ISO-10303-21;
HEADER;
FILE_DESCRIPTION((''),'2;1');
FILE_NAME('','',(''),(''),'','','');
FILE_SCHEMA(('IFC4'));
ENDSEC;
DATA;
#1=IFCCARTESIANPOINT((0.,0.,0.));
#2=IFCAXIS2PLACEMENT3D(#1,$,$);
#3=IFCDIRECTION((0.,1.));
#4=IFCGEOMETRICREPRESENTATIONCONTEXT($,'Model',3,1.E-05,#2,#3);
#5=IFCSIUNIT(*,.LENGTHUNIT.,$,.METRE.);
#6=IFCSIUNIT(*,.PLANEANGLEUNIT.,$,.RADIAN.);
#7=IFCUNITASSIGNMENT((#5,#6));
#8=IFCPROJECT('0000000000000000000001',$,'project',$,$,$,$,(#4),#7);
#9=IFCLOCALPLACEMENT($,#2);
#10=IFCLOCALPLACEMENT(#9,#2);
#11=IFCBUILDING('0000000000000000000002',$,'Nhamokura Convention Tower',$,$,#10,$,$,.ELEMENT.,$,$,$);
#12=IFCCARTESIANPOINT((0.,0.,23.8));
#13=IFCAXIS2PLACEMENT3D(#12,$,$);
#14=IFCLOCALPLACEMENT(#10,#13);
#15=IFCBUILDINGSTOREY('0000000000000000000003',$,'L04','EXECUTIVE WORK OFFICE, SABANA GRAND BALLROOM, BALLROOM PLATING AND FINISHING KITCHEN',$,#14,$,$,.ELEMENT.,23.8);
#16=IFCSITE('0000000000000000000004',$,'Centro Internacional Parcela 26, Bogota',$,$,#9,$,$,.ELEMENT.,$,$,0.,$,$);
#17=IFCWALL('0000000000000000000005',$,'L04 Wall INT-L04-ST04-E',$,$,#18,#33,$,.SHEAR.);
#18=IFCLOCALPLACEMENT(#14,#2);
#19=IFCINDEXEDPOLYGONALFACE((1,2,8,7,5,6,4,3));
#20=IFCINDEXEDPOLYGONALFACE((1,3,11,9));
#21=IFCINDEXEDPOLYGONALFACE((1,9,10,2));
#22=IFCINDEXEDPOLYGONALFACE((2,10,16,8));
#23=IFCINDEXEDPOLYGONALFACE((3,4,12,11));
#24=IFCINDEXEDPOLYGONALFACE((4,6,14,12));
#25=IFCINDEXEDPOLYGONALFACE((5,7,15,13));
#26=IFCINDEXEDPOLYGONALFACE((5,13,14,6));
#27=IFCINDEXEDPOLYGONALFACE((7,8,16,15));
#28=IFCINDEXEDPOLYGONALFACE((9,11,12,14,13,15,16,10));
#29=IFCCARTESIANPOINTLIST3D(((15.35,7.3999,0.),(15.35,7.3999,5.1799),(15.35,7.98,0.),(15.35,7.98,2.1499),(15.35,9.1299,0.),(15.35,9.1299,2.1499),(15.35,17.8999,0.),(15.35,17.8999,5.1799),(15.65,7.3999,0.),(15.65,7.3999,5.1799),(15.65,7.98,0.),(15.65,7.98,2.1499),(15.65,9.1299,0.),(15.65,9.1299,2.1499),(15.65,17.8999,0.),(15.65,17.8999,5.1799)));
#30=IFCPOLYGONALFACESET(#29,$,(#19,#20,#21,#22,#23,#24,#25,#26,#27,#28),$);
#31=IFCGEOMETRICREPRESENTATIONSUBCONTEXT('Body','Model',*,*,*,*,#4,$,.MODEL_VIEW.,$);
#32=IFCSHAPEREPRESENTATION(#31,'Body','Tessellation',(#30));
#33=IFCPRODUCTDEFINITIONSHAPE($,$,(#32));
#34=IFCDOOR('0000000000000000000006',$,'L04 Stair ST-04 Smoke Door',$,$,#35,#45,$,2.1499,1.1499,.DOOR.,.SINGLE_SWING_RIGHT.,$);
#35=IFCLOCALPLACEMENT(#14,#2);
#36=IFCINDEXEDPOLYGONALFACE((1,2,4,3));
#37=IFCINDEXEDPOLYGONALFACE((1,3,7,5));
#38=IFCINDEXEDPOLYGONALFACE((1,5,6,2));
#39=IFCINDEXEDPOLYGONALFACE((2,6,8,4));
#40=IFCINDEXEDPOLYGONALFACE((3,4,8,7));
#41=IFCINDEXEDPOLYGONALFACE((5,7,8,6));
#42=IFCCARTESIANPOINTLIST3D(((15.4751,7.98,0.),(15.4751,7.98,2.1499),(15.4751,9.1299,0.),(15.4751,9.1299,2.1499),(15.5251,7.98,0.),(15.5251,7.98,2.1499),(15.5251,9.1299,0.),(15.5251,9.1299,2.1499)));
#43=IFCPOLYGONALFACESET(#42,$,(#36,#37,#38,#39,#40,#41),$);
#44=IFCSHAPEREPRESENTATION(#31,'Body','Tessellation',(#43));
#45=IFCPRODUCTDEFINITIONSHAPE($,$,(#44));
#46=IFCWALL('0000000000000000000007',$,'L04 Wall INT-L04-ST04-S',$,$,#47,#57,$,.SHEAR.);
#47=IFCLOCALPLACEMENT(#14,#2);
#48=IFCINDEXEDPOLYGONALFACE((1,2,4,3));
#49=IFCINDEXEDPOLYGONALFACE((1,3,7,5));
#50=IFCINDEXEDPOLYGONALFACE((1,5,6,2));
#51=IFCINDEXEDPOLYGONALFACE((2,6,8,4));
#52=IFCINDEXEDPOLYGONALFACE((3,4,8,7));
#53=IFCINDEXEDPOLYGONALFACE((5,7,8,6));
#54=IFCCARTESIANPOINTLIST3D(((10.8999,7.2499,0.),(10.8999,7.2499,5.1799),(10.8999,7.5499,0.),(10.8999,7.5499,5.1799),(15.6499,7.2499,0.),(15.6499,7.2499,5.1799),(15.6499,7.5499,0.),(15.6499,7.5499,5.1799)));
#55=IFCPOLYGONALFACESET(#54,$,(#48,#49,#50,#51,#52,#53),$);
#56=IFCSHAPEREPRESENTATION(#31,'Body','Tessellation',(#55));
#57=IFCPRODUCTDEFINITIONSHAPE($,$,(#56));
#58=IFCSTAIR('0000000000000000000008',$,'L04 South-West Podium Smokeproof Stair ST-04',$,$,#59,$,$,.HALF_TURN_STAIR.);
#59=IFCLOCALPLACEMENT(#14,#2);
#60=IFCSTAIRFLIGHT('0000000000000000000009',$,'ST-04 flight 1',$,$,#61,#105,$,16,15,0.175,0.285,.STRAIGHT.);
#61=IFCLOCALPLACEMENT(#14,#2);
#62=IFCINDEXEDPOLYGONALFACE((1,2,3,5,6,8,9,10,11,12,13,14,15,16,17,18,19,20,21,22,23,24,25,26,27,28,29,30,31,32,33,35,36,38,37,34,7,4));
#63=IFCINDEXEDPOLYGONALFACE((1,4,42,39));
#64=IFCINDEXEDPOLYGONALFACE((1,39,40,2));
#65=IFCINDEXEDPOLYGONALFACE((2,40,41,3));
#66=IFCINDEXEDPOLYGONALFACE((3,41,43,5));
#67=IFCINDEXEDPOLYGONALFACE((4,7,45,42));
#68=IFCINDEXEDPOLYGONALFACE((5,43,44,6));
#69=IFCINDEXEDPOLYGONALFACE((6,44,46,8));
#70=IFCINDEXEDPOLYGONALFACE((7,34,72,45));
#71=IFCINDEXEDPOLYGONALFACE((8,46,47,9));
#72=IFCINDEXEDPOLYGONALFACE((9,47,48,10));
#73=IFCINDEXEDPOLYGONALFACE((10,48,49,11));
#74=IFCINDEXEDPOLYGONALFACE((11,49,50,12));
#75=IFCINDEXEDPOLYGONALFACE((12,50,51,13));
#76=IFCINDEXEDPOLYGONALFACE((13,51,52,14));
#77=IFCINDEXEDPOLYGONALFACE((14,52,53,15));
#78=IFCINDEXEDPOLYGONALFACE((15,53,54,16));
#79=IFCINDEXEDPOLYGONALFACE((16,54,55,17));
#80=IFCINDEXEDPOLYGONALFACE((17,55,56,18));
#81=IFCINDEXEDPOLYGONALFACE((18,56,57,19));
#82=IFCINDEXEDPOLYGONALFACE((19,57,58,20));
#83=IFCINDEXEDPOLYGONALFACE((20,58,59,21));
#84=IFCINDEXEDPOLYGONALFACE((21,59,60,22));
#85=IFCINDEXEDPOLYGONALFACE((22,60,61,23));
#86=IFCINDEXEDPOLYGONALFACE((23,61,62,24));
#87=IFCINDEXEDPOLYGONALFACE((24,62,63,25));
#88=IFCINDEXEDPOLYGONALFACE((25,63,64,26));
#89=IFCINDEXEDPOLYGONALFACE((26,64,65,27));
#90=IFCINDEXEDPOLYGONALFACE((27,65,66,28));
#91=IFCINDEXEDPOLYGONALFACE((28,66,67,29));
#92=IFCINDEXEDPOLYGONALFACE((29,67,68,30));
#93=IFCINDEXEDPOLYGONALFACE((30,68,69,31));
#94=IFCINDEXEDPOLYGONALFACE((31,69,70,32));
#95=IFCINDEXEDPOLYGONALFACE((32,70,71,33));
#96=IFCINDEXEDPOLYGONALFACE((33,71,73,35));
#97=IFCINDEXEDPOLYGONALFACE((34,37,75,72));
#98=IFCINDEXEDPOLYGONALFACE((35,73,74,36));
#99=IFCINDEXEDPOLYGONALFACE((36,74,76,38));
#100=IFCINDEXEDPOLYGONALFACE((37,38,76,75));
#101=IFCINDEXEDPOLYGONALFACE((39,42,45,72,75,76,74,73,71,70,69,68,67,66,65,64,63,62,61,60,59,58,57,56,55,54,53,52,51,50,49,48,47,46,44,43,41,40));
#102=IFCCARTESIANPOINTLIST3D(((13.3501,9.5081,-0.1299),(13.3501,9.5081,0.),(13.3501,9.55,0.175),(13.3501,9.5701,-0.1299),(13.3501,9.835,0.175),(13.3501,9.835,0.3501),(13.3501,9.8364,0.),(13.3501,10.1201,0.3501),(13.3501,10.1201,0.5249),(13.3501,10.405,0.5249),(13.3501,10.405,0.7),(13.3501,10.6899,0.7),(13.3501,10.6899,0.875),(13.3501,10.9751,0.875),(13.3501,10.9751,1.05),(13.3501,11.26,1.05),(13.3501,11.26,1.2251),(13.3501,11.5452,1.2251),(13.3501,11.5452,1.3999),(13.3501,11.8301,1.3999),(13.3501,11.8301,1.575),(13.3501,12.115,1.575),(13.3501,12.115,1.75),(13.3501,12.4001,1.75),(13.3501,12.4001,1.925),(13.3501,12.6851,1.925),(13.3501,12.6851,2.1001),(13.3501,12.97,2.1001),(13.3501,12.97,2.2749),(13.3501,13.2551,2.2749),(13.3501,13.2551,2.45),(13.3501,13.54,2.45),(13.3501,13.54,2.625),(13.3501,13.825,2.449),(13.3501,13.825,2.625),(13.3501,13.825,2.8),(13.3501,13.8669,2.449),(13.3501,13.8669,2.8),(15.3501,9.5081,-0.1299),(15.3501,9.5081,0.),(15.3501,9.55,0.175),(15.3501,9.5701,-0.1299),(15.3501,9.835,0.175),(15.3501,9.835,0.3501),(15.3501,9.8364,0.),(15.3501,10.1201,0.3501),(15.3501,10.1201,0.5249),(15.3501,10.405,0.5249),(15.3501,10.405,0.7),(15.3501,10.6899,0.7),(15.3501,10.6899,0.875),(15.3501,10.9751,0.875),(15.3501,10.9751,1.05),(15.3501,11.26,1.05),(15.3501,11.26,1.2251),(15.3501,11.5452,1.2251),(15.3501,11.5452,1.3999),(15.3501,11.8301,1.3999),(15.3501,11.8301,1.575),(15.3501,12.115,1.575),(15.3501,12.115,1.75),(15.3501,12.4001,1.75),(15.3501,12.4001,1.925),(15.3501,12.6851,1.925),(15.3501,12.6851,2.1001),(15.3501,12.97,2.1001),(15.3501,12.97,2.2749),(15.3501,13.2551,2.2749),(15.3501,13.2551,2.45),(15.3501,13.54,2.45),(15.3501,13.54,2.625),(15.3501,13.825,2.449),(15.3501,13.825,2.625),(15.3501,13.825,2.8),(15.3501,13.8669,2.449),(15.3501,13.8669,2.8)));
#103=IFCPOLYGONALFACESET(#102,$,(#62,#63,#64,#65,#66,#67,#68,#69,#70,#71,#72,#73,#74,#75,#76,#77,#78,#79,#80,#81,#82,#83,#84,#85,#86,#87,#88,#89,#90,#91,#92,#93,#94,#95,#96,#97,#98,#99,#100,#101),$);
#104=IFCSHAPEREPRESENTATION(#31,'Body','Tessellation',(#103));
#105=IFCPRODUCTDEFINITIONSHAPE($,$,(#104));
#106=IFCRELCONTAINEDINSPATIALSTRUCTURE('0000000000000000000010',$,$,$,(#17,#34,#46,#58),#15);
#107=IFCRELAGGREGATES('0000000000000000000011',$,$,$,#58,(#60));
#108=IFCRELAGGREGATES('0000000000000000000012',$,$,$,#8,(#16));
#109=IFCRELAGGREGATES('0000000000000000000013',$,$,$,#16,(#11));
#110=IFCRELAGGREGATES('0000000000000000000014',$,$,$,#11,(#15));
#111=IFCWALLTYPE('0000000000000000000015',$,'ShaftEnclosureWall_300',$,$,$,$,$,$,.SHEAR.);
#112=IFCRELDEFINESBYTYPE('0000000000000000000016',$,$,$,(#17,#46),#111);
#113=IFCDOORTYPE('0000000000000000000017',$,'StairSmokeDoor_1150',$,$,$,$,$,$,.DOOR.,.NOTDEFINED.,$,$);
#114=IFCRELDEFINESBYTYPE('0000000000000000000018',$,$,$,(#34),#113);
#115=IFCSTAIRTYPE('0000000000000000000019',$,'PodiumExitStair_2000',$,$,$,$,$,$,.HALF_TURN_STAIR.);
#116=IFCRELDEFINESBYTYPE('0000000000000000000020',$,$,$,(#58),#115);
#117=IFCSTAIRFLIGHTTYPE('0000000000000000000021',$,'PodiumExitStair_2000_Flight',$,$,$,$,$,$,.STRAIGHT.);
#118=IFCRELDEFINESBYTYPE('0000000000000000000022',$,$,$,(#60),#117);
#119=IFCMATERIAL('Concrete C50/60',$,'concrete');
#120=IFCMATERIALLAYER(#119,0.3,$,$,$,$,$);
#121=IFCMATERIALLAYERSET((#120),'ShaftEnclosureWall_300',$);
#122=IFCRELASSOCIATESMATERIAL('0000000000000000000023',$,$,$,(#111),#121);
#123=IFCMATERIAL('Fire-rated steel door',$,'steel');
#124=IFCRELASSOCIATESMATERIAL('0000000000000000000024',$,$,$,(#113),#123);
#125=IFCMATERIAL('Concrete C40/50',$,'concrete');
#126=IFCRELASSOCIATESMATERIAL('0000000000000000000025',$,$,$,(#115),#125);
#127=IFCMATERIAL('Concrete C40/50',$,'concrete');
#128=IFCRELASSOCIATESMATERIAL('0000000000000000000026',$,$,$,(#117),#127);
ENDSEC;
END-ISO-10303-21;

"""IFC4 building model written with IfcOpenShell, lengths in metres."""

from ifc_helpers import new_model, si_unit, direction, frame, frame_2d, origin, place, context, subcontext, project, spatial, polyline, rectangle, outline, extrude, material, layer, layer_set, type_object, element, fill, aggregate, save


model = new_model("IFC4")

# Units and contexts
model_context = context("Model", 3, precision=1e-05, world=origin(), true_north=direction((0.0, 1.0)))
body_context = subcontext(model_context, "Body", "Model", "MODEL_VIEW")
ifc_project = project(units=[si_unit("LENGTHUNIT", "METRE"), si_unit("PLANEANGLEUNIT", "RADIAN")], contexts=[model_context])

# Site, building, storey
site_placement = place(None, origin())
site = spatial("IfcSite", under=ifc_project, at=site_placement, Name="Centro Internacional Parcela 26, Bogota", CompositionType="ELEMENT", RefElevation=0.0)
building_placement = place(site_placement, origin())
building = spatial("IfcBuilding", under=site, at=building_placement, Name="Nhamokura Convention Tower", CompositionType="ELEMENT")
storey_placement = place(building_placement, frame((0.0, 0.0, 23.8)))
storey = spatial("IfcBuildingStorey", under=building, at=storey_placement, Name="L04", Description="EXECUTIVE WORK OFFICE, SABANA GRAND BALLROOM, BALLROOM PLATING AND FINISHING KITCHEN", CompositionType="ELEMENT", Elevation=23.8)

# Shared definitions
ifc_material_1 = material(Name="Concrete C50/60", Category="concrete")
ifc_layer_1 = layer(ifc_material_1, 0.3)
ifc_layer_set_1 = layer_set([ifc_layer_1], Name="ShaftEnclosureWall_300")
wall_type_1 = type_object("IfcWallType", Name="ShaftEnclosureWall_300", PredefinedType="SHEAR", material=ifc_layer_set_1)

# Wall, opening, door
wall_1_placement = place(storey_placement, frame((15.5, 7.3999, 0.0), z_axis=(0.0, 0.0, 1.0), x_axis=(0.0, 1.0, 0.0)))
wall_1 = element("IfcWall", 1, at=wall_1_placement, inside=storey, type_object=wall_type_1, Name="L04 Wall INT-L04-ST04-E", PredefinedType="SHEAR", context=body_context, shape_type="SweptSolid", body=[
    extrude(rectangle(XDim=10.5, YDim=0.3, at=frame_2d((5.25, 0.0))), origin(), (0.0, 0.0, 1.0), 5.1799),
])
opening_1_placement = place(wall_1_placement, frame((0.5801, 0.0, 0.0)))
opening_1 = element("IfcOpeningElement", 2, at=opening_1_placement, cuts=wall_1, PredefinedType="OPENING", context=body_context, shape_type="SweptSolid", body=[
    extrude(rectangle(XDim=1.1499, YDim=2.1499, at=frame_2d((0.575, 1.075))), frame((0.0, 0.1599, 0.0), z_axis=(0.0, -1.0, 0.0), x_axis=(1.0, 0.0, 0.0)), (0.0, 0.0, 1.0), 0.3201),
])
ifc_material_2 = material(Name="Fire-rated steel door", Category="steel")
door_type = type_object("IfcDoorType", Name="StairSmokeDoor_1150", OperationType="NOTDEFINED", PredefinedType="DOOR", material=ifc_material_2)
door_placement = place(opening_1_placement, origin())
door = element("IfcDoor", 3, at=door_placement, inside=storey, type_object=door_type, Name="L04 Stair ST-04 Smoke Door", OperationType="SINGLE_SWING_RIGHT", OverallHeight=2.1499, OverallWidth=1.1499, PredefinedType="DOOR", context=body_context, shape_type="SweptSolid", body=[
    extrude(rectangle(XDim=1.1499, YDim=2.1499, at=frame_2d((0.575, 1.075))), frame((0.0, 0.0249, 0.0), z_axis=(0.0, -1.0, 0.0), x_axis=(1.0, 0.0, 0.0)), (0.0, 0.0, 1.0), 0.05),
])
fill(opening_1, door)

# Wall
wall_2_placement = place(storey_placement, frame((10.8999, 7.3999, 0.0), z_axis=(0.0, 0.0, 1.0), x_axis=(1.0, 0.0, 0.0)))
element("IfcWall", 4, at=wall_2_placement, inside=storey, type_object=wall_type_1, Name="L04 Wall INT-L04-ST04-S", PredefinedType="SHEAR", context=body_context, shape_type="SweptSolid", body=[
    extrude(rectangle(XDim=4.75, YDim=0.3, at=frame_2d((2.375, 0.0))), origin(), (0.0, 0.0, 1.0), 5.1799),
])

# Stair, stair flight
ifc_material_3 = material(Name="Concrete C40/50", Category="concrete")
stair_type = type_object("IfcStairType", Name="PodiumExitStair_2000", PredefinedType="HALF_TURN_STAIR", material=ifc_material_3)
stair_placement = place(storey_placement, origin())
stair = element("IfcStair", 5, at=stair_placement, inside=storey, type_object=stair_type, Name="L04 South-West Podium Smokeproof Stair ST-04", PredefinedType="HALF_TURN_STAIR")
ifc_material_4 = material(Name="Concrete C40/50", Category="concrete")
stair_flight_type = type_object("IfcStairFlightType", Name="PodiumExitStair_2000_Flight", PredefinedType="STRAIGHT", material=ifc_material_4)
stair_flight_placement = place(storey_placement, frame((14.3501, 9.55, 0.0), z_axis=(0.0, 0.0, 1.0), x_axis=(0.0, 1.0, 0.0)))
stair_flight = element("IfcStairFlight", 6, at=stair_flight_placement, type_object=stair_flight_type, Name="ST-04 flight 1", NumberOfRisers=16, NumberOfTreads=15, PredefinedType="STRAIGHT", RiserHeight=0.175, TreadLength=0.285, context=body_context, shape_type="SweptSolid", body=[
    extrude(outline(polyline([(-0.042, 0.0), (0.0, 0.175), (0.2849, 0.175), (0.2849, 0.3501), (0.5701, 0.3501), (0.5701, 0.5249), (0.855, 0.5249), (0.855, 0.7), (1.1399, 0.7), (1.1399, 0.875), (1.425, 0.875), (1.425, 1.05), (1.71, 1.05), (1.71, 1.2251), (1.9951, 1.2251), (1.9951, 1.3999), (2.28, 1.3999), (2.28, 1.575), (2.5649, 1.575), (2.5649, 1.75), (2.8501, 1.75), (2.8501, 1.925), (3.135, 1.925), (3.135, 2.1001), (3.4199, 2.1001), (3.4199, 2.2749), (3.7051, 2.2749), (3.7051, 2.45), (3.99, 2.45), (3.99, 2.625), (4.2749, 2.625), (4.2749, 2.8), (4.3169, 2.8), (4.3169, 2.449), (4.2749, 2.449), (0.2864, 0.0), (0.02, -0.1299), (-0.042, -0.1299), (-0.042, 0.0)])), frame((0.0, 1.0, 0.0), z_axis=(0.0, -1.0, 0.0), x_axis=(1.0, 0.0, 0.0)), (0.0, 0.0, 1.0), 2.0),
])
aggregate(stair, [stair_flight])

save(model, "model.ifc")
